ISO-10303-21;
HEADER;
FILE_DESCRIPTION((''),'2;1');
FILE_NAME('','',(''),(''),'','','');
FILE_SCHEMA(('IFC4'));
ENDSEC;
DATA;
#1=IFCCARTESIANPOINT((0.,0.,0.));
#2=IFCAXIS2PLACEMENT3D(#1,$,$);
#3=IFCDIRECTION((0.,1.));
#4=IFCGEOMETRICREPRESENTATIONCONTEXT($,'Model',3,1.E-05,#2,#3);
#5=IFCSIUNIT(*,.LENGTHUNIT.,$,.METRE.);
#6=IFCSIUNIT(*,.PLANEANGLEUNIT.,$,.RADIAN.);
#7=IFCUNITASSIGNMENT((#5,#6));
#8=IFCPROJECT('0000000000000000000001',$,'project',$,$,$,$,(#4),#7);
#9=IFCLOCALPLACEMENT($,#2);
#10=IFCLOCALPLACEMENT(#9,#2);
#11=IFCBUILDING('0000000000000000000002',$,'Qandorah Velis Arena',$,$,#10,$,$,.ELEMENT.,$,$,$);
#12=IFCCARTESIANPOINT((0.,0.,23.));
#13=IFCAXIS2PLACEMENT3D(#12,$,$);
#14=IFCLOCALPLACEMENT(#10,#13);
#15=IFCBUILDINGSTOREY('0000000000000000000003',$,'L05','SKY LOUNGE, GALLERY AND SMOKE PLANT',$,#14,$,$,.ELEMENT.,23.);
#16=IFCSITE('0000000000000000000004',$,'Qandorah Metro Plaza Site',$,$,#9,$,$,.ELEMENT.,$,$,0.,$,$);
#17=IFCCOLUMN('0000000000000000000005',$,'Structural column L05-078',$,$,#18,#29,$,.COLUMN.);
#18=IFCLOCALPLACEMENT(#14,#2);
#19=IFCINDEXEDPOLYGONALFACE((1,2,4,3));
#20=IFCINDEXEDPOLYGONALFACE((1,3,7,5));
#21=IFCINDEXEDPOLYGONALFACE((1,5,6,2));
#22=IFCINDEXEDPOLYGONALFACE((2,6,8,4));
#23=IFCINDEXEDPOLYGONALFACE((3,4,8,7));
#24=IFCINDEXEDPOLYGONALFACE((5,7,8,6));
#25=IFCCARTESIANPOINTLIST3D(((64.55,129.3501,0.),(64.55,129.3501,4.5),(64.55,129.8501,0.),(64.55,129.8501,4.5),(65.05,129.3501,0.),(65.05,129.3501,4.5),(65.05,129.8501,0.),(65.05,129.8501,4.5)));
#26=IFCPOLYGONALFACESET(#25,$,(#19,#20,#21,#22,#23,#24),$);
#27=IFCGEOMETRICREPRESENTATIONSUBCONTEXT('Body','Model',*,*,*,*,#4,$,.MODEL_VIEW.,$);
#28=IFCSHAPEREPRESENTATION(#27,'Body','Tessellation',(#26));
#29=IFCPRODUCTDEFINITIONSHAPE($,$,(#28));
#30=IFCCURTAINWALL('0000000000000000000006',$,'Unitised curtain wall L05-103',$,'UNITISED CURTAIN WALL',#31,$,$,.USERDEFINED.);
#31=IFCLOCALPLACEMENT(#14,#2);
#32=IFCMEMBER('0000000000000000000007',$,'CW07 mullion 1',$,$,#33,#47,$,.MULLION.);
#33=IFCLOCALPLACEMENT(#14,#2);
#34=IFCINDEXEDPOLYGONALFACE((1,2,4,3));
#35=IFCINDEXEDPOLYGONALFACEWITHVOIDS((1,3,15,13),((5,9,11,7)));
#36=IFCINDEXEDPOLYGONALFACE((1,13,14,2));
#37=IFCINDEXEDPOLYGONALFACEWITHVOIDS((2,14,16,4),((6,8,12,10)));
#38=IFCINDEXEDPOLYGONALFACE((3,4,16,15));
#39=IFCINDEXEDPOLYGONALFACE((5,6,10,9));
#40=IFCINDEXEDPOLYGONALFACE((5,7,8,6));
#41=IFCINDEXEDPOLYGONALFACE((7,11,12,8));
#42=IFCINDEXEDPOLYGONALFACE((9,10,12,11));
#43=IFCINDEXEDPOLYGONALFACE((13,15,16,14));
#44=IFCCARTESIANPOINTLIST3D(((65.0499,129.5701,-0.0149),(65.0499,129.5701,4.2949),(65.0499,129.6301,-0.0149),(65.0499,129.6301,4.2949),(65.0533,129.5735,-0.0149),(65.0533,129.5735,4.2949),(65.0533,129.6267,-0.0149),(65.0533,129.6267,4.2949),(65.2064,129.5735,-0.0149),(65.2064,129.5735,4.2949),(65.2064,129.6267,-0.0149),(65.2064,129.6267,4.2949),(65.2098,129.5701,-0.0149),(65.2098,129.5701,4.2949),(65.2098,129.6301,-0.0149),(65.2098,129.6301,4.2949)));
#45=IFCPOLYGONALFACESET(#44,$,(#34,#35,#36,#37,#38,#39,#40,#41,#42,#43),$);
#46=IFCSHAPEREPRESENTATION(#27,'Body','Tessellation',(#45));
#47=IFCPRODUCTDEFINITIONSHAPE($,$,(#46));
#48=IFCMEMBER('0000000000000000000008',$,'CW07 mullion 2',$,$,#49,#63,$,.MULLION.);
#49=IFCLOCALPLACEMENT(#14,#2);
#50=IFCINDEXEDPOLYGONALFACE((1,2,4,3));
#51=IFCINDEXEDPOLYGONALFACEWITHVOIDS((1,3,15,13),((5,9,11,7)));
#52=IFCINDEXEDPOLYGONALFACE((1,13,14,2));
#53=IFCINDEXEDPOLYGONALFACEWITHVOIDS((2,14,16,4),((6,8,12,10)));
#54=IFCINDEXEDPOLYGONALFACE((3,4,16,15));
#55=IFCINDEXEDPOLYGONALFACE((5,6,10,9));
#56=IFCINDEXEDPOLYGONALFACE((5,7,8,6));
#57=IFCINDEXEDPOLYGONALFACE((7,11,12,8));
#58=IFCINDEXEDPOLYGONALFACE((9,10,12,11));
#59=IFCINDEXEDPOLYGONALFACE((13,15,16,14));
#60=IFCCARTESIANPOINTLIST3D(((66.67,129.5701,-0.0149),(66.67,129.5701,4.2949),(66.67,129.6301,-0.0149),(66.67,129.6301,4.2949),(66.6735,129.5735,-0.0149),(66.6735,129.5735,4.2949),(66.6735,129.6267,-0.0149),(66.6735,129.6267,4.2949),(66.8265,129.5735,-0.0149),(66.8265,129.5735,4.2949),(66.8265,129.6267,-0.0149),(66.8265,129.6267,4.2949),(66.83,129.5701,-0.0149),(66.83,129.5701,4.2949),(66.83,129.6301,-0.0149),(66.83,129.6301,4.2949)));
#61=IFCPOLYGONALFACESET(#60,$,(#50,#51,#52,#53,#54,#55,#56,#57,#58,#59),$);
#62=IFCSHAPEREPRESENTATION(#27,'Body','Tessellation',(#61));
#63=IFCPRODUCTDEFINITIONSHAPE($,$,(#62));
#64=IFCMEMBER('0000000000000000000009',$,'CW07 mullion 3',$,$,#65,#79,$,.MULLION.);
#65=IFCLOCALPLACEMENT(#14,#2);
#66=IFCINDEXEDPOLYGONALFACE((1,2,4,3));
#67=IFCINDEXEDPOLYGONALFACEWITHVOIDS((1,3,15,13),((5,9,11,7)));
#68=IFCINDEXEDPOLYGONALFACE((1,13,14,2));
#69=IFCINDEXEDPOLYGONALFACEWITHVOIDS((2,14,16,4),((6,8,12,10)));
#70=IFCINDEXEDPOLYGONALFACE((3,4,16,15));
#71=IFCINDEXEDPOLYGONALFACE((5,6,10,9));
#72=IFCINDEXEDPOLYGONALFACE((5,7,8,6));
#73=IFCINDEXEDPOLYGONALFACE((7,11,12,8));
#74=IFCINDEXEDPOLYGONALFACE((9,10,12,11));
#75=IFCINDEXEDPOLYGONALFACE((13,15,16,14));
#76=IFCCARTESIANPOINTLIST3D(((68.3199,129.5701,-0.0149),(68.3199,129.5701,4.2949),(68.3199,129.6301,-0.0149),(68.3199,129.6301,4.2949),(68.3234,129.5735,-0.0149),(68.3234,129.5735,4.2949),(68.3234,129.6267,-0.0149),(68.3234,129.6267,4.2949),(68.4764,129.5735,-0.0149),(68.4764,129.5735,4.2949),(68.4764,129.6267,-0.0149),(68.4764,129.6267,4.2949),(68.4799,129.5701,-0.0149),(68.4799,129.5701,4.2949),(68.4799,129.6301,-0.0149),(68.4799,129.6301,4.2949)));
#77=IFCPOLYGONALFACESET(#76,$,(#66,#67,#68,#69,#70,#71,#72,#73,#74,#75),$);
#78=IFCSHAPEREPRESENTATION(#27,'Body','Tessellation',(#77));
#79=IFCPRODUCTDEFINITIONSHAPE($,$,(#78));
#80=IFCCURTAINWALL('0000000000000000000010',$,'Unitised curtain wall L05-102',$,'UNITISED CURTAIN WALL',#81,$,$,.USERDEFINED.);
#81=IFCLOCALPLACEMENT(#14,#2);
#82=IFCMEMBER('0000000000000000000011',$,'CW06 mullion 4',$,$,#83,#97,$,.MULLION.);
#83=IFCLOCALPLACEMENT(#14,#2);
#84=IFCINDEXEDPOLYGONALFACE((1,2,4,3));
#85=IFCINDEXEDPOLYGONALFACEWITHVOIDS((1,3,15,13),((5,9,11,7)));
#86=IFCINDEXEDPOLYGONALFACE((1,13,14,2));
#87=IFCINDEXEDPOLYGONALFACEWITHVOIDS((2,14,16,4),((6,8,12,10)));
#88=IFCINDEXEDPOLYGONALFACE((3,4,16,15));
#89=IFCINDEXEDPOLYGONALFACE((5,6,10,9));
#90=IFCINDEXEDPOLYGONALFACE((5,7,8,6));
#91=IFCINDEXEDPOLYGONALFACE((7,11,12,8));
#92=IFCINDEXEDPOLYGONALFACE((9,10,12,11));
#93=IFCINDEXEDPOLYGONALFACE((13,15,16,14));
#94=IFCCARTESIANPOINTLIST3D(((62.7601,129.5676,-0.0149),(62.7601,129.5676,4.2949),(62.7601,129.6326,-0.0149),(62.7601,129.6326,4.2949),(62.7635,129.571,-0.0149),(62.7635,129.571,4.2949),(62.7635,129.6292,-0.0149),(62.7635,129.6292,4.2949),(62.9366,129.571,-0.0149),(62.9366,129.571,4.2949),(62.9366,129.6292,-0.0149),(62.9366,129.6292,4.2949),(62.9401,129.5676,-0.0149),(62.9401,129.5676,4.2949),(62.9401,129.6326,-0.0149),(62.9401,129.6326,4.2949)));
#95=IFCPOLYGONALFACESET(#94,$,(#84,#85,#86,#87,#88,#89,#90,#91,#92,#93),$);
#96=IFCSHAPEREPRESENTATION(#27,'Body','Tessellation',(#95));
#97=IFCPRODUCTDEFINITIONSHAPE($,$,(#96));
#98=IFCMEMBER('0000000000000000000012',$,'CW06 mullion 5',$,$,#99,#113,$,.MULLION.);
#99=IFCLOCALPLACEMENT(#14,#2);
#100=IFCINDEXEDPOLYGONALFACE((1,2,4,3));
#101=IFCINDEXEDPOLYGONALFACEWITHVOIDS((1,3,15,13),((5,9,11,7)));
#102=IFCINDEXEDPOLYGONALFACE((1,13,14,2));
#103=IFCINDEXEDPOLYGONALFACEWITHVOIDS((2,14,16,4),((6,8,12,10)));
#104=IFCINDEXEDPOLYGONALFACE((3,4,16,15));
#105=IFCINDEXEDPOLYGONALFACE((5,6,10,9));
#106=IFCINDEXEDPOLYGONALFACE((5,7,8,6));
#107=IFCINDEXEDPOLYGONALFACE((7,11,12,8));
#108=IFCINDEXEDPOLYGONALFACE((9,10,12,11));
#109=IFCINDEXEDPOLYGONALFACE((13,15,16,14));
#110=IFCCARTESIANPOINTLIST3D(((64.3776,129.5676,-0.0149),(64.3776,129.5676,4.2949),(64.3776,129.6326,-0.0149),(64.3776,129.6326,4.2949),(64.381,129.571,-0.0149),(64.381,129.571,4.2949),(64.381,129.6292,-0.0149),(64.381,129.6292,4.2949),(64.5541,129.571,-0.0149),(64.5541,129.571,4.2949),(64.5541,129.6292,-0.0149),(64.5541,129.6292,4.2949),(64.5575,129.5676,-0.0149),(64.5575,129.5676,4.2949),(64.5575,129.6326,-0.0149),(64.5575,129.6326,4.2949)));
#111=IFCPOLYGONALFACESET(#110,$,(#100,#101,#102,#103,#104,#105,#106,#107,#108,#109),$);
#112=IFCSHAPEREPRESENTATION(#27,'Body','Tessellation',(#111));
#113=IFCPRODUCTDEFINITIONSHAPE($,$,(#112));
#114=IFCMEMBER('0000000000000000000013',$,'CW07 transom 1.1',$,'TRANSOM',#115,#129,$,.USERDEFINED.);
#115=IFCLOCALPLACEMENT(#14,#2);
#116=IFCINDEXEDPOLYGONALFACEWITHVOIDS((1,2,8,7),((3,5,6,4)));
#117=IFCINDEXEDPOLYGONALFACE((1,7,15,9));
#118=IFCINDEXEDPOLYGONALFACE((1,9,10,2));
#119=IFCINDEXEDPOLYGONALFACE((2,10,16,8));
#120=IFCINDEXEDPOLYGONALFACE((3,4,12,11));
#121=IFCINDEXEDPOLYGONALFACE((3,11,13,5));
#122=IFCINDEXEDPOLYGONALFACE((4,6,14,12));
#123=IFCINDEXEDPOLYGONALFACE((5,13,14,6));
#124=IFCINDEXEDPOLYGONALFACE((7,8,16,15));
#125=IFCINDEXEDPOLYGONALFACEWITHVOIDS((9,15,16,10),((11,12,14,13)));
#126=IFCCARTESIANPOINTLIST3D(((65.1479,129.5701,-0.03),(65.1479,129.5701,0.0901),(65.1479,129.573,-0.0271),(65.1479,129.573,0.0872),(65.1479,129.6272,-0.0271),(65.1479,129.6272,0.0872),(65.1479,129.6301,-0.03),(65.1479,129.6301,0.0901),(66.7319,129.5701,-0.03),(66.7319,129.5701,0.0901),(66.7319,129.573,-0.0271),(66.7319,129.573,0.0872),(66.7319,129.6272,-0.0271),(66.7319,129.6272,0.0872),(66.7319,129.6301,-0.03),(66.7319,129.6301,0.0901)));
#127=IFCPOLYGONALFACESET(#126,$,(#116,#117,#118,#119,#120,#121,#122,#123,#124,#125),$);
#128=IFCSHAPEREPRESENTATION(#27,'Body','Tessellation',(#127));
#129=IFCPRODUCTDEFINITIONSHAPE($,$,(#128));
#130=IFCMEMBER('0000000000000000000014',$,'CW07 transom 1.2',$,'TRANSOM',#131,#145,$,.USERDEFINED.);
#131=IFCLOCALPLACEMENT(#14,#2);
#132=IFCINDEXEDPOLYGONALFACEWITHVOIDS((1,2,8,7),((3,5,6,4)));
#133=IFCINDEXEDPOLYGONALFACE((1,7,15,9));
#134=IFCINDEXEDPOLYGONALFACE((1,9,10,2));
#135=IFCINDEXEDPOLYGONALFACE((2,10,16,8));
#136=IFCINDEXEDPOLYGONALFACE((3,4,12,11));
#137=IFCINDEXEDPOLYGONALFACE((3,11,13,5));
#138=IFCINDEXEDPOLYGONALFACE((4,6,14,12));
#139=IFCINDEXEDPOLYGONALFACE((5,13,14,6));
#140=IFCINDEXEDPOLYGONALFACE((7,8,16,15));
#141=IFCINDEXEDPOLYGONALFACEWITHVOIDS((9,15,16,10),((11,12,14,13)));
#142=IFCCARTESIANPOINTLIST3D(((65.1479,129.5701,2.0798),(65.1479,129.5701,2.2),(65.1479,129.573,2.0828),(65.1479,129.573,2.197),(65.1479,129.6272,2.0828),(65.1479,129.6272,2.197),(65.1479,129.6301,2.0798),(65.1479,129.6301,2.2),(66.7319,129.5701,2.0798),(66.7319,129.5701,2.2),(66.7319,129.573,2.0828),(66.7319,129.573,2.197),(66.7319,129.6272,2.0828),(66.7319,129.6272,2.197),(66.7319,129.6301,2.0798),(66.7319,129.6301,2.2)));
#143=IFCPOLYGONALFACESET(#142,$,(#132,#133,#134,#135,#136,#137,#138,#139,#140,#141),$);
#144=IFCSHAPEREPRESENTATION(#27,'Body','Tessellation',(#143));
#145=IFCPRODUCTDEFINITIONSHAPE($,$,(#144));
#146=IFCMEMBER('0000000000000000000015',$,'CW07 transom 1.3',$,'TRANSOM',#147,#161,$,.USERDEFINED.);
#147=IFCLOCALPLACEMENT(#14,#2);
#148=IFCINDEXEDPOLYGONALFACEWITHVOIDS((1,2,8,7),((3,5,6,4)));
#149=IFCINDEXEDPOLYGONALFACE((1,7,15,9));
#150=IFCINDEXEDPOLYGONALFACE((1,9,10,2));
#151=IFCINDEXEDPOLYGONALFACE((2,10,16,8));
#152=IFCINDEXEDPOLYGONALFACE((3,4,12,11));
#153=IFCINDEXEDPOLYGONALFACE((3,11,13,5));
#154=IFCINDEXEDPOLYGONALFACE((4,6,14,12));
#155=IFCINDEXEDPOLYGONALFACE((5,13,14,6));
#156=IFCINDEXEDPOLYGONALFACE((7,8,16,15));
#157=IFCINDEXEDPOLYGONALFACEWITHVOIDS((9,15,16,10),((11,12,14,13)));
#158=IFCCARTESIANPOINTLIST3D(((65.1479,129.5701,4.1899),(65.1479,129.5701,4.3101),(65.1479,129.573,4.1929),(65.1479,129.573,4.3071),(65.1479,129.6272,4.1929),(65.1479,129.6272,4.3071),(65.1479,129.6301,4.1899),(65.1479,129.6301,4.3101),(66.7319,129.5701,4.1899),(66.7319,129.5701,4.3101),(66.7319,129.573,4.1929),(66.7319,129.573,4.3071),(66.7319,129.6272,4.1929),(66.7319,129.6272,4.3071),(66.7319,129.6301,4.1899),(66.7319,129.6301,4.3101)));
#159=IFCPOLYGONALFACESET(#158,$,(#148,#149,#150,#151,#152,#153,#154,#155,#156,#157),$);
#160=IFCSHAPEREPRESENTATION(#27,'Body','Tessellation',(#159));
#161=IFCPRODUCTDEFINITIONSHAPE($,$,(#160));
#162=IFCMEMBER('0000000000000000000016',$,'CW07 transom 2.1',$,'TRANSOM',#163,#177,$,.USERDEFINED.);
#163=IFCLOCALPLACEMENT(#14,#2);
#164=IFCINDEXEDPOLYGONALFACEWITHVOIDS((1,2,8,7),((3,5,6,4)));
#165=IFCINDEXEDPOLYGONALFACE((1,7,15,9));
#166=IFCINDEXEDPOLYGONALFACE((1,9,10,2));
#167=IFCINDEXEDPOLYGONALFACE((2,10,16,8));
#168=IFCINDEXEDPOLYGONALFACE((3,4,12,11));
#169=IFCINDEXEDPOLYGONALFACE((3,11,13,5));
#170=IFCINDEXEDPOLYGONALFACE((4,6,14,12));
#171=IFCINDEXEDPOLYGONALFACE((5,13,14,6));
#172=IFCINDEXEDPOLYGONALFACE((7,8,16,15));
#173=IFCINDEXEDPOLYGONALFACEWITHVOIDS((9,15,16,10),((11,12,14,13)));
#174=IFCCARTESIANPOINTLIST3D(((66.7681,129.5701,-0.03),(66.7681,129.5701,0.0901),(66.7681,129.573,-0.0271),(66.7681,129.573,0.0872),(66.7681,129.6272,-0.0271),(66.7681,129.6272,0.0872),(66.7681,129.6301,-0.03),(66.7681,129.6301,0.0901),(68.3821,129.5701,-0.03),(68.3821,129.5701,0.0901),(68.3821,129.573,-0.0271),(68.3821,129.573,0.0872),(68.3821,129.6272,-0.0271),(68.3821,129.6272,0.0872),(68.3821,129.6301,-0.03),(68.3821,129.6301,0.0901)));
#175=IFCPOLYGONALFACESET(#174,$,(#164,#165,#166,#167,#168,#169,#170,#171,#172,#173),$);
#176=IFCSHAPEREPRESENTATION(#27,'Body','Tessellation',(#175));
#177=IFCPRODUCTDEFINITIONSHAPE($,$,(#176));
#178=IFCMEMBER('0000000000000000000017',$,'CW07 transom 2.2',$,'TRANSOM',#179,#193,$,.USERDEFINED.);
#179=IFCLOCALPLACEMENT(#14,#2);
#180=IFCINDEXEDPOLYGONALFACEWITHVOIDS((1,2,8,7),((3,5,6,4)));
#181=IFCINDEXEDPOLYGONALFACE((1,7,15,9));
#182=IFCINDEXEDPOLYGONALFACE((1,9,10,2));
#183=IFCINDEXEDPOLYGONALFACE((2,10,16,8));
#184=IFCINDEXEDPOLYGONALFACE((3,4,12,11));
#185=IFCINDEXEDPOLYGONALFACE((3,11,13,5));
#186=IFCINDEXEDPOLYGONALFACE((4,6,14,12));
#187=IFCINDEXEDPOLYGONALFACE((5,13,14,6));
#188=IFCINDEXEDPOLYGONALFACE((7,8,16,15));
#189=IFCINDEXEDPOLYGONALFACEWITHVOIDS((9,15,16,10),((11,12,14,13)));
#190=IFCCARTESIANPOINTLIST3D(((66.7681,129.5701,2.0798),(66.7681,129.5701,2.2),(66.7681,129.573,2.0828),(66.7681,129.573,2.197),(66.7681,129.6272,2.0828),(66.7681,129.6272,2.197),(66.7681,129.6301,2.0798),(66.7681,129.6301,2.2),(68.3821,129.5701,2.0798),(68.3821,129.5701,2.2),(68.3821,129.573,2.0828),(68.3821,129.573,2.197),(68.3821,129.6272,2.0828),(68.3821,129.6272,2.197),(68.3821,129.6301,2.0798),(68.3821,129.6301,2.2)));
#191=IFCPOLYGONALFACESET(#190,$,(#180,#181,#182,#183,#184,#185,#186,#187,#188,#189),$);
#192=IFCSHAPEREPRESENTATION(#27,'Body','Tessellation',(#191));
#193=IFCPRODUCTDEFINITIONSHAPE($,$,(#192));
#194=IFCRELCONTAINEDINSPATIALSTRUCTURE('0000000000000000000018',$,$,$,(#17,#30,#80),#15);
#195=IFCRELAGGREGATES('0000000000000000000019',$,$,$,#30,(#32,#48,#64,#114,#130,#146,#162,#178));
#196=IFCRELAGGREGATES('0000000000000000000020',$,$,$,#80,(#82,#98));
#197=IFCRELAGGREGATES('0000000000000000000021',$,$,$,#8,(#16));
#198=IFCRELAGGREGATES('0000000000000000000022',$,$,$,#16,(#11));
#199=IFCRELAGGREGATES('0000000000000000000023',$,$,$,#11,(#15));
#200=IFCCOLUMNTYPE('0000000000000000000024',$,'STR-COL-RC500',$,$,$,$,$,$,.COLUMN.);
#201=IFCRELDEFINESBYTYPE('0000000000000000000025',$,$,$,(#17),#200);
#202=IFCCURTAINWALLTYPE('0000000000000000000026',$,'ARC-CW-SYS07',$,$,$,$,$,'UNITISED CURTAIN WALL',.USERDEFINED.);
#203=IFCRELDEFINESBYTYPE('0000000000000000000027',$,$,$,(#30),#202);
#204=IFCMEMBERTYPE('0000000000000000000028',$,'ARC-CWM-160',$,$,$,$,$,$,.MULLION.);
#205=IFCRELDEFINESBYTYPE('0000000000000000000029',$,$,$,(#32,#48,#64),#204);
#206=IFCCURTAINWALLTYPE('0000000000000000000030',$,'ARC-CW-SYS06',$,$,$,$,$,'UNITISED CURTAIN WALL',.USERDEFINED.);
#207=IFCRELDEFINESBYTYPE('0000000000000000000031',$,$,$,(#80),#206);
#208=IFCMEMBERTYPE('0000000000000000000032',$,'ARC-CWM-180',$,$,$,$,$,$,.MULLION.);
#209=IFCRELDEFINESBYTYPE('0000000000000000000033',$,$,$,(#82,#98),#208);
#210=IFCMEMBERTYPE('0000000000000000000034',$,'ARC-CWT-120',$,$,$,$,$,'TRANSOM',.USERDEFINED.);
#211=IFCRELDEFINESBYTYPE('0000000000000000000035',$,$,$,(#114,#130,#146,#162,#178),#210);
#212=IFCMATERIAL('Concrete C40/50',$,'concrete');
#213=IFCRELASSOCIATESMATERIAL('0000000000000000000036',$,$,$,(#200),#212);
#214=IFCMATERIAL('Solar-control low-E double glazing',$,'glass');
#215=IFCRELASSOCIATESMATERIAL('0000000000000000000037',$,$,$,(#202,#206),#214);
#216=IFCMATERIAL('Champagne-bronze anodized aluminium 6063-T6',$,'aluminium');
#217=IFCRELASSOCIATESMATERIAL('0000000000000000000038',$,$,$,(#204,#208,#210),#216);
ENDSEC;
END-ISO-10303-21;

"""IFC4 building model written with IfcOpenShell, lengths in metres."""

from ifc_helpers import new_model, si_unit, direction, frame, origin, origin_2d, place, context, subcontext, project, spatial, rectangle, hollow_rectangle, extrude, material, material_profile, profile_set, type_object, element, aggregate, save


model = new_model("IFC4")

# Units and contexts
model_context = context("Model", 3, precision=1e-05, world=origin(), true_north=direction((0.0, 1.0)))
body_context = subcontext(model_context, "Body", "Model", "MODEL_VIEW")
ifc_project = project(units=[si_unit("LENGTHUNIT", "METRE"), si_unit("PLANEANGLEUNIT", "RADIAN")], contexts=[model_context])

# Site, building, storey
site_placement = place(None, origin())
site = spatial("IfcSite", under=ifc_project, at=site_placement, Name="Qandorah Metro Plaza Site", CompositionType="ELEMENT", RefElevation=0.0)
building_placement = place(site_placement, origin())
building = spatial("IfcBuilding", under=site, at=building_placement, Name="Qandorah Velis Arena", CompositionType="ELEMENT")
storey_placement = place(building_placement, frame((0.0, 0.0, 23.0)))
storey = spatial("IfcBuildingStorey", under=building, at=storey_placement, Name="L05", Description="SKY LOUNGE, GALLERY AND SMOKE PLANT", CompositionType="ELEMENT", Elevation=23.0)

# Column
ifc_material_1 = material(Name="Concrete C40/50", Category="concrete")
ifc_material_profile_1 = material_profile(ifc_material_1, rectangle(XDim=0.5, YDim=0.5, at=origin_2d()), Name="RC COL 500x500")
ifc_profile_set_1 = profile_set([ifc_material_profile_1], Name="Concrete C40/50")
column_type = type_object("IfcColumnType", Name="STR-COL-RC500", PredefinedType="COLUMN", material=ifc_profile_set_1)
column_placement = place(storey_placement, frame((64.8, 129.6001, 0.0), z_axis=(0.0, 0.0, 1.0), x_axis=(1.0, 0.0, 0.0)))
element("IfcColumn", 1, at=column_placement, inside=storey, type_object=column_type, Name="Structural column L05-078", PredefinedType="COLUMN", context=body_context, shape_type="SweptSolid", body=[
    extrude(rectangle(XDim=0.5, YDim=0.5, at=origin_2d()), origin(), (0.0, 0.0, 1.0), 4.5),
])

# Curtain walls, members
ifc_material_2 = material(Name="Solar-control low-E double glazing", Category="glass")
curtain_wall_type_1 = type_object("IfcCurtainWallType", Name="ARC-CW-SYS07", ElementType="UNITISED CURTAIN WALL", PredefinedType="USERDEFINED", material=ifc_material_2)
curtain_wall_1_placement = place(storey_placement, origin())
curtain_wall_1 = element("IfcCurtainWall", 2, at=curtain_wall_1_placement, inside=storey, type_object=curtain_wall_type_1, Name="Unitised curtain wall L05-103", ObjectType="UNITISED CURTAIN WALL", PredefinedType="USERDEFINED")
ifc_material_3 = material(Name="Champagne-bronze anodized aluminium 6063-T6", Category="aluminium")
ifc_material_profile_2 = material_profile(ifc_material_3, hollow_rectangle(XDim=0.0601, YDim=0.1599, WallThickness=0.0034, at=origin_2d()), Name="ALU MULLION 60x160")
ifc_profile_set_2 = profile_set([ifc_material_profile_2], Name="Champagne-bronze anodized aluminium 6063-T6")
member_type_1 = type_object("IfcMemberType", Name="ARC-CWM-160", PredefinedType="MULLION", material=ifc_profile_set_2)
member_1_placement = place(storey_placement, frame((65.1299, 129.6001, -0.0149), z_axis=(0.0, 0.0, 1.0), x_axis=(0.0, 1.0, 0.0)))
member_1 = element("IfcMember", 3, at=member_1_placement, type_object=member_type_1, Name="CW07 mullion 1", PredefinedType="MULLION", context=body_context, shape_type="SweptSolid", body=[
    extrude(hollow_rectangle(XDim=0.0601, YDim=0.1599, WallThickness=0.0034, at=origin_2d()), origin(), (0.0, 0.0, 1.0), 4.3098),
])
member_2_placement = place(storey_placement, frame((66.75, 129.6001, -0.0149), z_axis=(0.0, 0.0, 1.0), x_axis=(0.0, 1.0, 0.0)))
member_2 = element("IfcMember", 4, at=member_2_placement, type_object=member_type_1, Name="CW07 mullion 2", PredefinedType="MULLION", context=body_context, shape_type="SweptSolid", body=[
    extrude(hollow_rectangle(XDim=0.0601, YDim=0.1599, WallThickness=0.0034, at=origin_2d()), origin(), (0.0, 0.0, 1.0), 4.3098),
])
member_3_placement = place(storey_placement, frame((68.3999, 129.6001, -0.0149), z_axis=(0.0, 0.0, 1.0), x_axis=(0.0, 1.0, 0.0)))
member_3 = element("IfcMember", 5, at=member_3_placement, type_object=member_type_1, Name="CW07 mullion 3", PredefinedType="MULLION", context=body_context, shape_type="SweptSolid", body=[
    extrude(hollow_rectangle(XDim=0.0601, YDim=0.1599, WallThickness=0.0034, at=origin_2d()), origin(), (0.0, 0.0, 1.0), 4.3098),
])
curtain_wall_type_2 = type_object("IfcCurtainWallType", Name="ARC-CW-SYS06", ElementType="UNITISED CURTAIN WALL", PredefinedType="USERDEFINED", material=ifc_material_2)
curtain_wall_2_placement = place(storey_placement, origin())
curtain_wall_2 = element("IfcCurtainWall", 6, at=curtain_wall_2_placement, inside=storey, type_object=curtain_wall_type_2, Name="Unitised curtain wall L05-102", ObjectType="UNITISED CURTAIN WALL", PredefinedType="USERDEFINED")
ifc_material_profile_3 = material_profile(ifc_material_3, hollow_rectangle(XDim=0.0649, YDim=0.1799, WallThickness=0.0034, at=origin_2d()), Name="ALU MULLION 65x180")
ifc_profile_set_3 = profile_set([ifc_material_profile_3], Name="Champagne-bronze anodized aluminium 6063-T6")
member_type_2 = type_object("IfcMemberType", Name="ARC-CWM-180", PredefinedType="MULLION", material=ifc_profile_set_3)
member_4_placement = place(storey_placement, frame((62.8501, 129.6001, -0.0149), z_axis=(0.0, 0.0, 1.0), x_axis=(0.0, 1.0, 0.0)))
member_4 = element("IfcMember", 7, at=member_4_placement, type_object=member_type_2, Name="CW06 mullion 4", PredefinedType="MULLION", context=body_context, shape_type="SweptSolid", body=[
    extrude(hollow_rectangle(XDim=0.0649, YDim=0.1799, WallThickness=0.0034, at=origin_2d()), origin(), (0.0, 0.0, 1.0), 4.3098),
])
member_5_placement = place(storey_placement, frame((64.4675, 129.6001, -0.0149), z_axis=(0.0, 0.0, 1.0), x_axis=(0.0, 1.0, 0.0)))
member_5 = element("IfcMember", 8, at=member_5_placement, type_object=member_type_2, Name="CW06 mullion 5", PredefinedType="MULLION", context=body_context, shape_type="SweptSolid", body=[
    extrude(hollow_rectangle(XDim=0.0649, YDim=0.1799, WallThickness=0.0034, at=origin_2d()), origin(), (0.0, 0.0, 1.0), 4.3098),
])

# Members
ifc_material_profile_4 = material_profile(ifc_material_3, hollow_rectangle(XDim=0.0601, YDim=0.1201, WallThickness=0.0029, at=origin_2d()), Name="ALU TRANSOM 60x120")
ifc_profile_set_4 = profile_set([ifc_material_profile_4], Name="Champagne-bronze anodized aluminium 6063-T6")
member_type_3 = type_object("IfcMemberType", Name="ARC-CWT-120", ElementType="TRANSOM", PredefinedType="USERDEFINED", material=ifc_profile_set_4)
member_6_placement = place(storey_placement, frame((65.1479, 129.6001, 0.03), z_axis=(1.0, 0.0, 0.0), x_axis=(0.0, 1.0, 0.0)))
member_6 = element("IfcMember", 9, at=member_6_placement, type_object=member_type_3, Name="CW07 transom 1.1", ObjectType="TRANSOM", PredefinedType="USERDEFINED", context=body_context, shape_type="SweptSolid", body=[
    extrude(hollow_rectangle(XDim=0.0601, YDim=0.1201, WallThickness=0.0029, at=origin_2d()), origin(), (0.0, 0.0, 1.0), 1.584),
])
member_7_placement = place(storey_placement, frame((65.1479, 129.6001, 2.1399), z_axis=(1.0, 0.0, 0.0), x_axis=(0.0, 1.0, 0.0)))
member_7 = element("IfcMember", 10, at=member_7_placement, type_object=member_type_3, Name="CW07 transom 1.2", ObjectType="TRANSOM", PredefinedType="USERDEFINED", context=body_context, shape_type="SweptSolid", body=[
    extrude(hollow_rectangle(XDim=0.0601, YDim=0.1201, WallThickness=0.0029, at=origin_2d()), origin(), (0.0, 0.0, 1.0), 1.584),
])
member_8_placement = place(storey_placement, frame((65.1479, 129.6001, 4.25), z_axis=(1.0, 0.0, 0.0), x_axis=(0.0, 1.0, 0.0)))
member_8 = element("IfcMember", 11, at=member_8_placement, type_object=member_type_3, Name="CW07 transom 1.3", ObjectType="TRANSOM", PredefinedType="USERDEFINED", context=body_context, shape_type="SweptSolid", body=[
    extrude(hollow_rectangle(XDim=0.0601, YDim=0.1201, WallThickness=0.0029, at=origin_2d()), origin(), (0.0, 0.0, 1.0), 1.584),
])
member_9_placement = place(storey_placement, frame((66.7681, 129.6001, 0.03), z_axis=(1.0, 0.0, 0.0), x_axis=(0.0, 1.0, 0.0)))
member_9 = element("IfcMember", 12, at=member_9_placement, type_object=member_type_3, Name="CW07 transom 2.1", ObjectType="TRANSOM", PredefinedType="USERDEFINED", context=body_context, shape_type="SweptSolid", body=[
    extrude(hollow_rectangle(XDim=0.0601, YDim=0.1201, WallThickness=0.0029, at=origin_2d()), origin(), (0.0, 0.0, 1.0), 1.614),
])
member_10_placement = place(storey_placement, frame((66.7681, 129.6001, 2.1399), z_axis=(1.0, 0.0, 0.0), x_axis=(0.0, 1.0, 0.0)))
member_10 = element("IfcMember", 13, at=member_10_placement, type_object=member_type_3, Name="CW07 transom 2.2", ObjectType="TRANSOM", PredefinedType="USERDEFINED", context=body_context, shape_type="SweptSolid", body=[
    extrude(hollow_rectangle(XDim=0.0601, YDim=0.1201, WallThickness=0.0029, at=origin_2d()), origin(), (0.0, 0.0, 1.0), 1.614),
])

aggregate(curtain_wall_1, [member_1, member_2, member_3, member_6, member_7, member_8, member_9, member_10])
aggregate(curtain_wall_2, [member_4, member_5])

save(model, "model.ifc")
